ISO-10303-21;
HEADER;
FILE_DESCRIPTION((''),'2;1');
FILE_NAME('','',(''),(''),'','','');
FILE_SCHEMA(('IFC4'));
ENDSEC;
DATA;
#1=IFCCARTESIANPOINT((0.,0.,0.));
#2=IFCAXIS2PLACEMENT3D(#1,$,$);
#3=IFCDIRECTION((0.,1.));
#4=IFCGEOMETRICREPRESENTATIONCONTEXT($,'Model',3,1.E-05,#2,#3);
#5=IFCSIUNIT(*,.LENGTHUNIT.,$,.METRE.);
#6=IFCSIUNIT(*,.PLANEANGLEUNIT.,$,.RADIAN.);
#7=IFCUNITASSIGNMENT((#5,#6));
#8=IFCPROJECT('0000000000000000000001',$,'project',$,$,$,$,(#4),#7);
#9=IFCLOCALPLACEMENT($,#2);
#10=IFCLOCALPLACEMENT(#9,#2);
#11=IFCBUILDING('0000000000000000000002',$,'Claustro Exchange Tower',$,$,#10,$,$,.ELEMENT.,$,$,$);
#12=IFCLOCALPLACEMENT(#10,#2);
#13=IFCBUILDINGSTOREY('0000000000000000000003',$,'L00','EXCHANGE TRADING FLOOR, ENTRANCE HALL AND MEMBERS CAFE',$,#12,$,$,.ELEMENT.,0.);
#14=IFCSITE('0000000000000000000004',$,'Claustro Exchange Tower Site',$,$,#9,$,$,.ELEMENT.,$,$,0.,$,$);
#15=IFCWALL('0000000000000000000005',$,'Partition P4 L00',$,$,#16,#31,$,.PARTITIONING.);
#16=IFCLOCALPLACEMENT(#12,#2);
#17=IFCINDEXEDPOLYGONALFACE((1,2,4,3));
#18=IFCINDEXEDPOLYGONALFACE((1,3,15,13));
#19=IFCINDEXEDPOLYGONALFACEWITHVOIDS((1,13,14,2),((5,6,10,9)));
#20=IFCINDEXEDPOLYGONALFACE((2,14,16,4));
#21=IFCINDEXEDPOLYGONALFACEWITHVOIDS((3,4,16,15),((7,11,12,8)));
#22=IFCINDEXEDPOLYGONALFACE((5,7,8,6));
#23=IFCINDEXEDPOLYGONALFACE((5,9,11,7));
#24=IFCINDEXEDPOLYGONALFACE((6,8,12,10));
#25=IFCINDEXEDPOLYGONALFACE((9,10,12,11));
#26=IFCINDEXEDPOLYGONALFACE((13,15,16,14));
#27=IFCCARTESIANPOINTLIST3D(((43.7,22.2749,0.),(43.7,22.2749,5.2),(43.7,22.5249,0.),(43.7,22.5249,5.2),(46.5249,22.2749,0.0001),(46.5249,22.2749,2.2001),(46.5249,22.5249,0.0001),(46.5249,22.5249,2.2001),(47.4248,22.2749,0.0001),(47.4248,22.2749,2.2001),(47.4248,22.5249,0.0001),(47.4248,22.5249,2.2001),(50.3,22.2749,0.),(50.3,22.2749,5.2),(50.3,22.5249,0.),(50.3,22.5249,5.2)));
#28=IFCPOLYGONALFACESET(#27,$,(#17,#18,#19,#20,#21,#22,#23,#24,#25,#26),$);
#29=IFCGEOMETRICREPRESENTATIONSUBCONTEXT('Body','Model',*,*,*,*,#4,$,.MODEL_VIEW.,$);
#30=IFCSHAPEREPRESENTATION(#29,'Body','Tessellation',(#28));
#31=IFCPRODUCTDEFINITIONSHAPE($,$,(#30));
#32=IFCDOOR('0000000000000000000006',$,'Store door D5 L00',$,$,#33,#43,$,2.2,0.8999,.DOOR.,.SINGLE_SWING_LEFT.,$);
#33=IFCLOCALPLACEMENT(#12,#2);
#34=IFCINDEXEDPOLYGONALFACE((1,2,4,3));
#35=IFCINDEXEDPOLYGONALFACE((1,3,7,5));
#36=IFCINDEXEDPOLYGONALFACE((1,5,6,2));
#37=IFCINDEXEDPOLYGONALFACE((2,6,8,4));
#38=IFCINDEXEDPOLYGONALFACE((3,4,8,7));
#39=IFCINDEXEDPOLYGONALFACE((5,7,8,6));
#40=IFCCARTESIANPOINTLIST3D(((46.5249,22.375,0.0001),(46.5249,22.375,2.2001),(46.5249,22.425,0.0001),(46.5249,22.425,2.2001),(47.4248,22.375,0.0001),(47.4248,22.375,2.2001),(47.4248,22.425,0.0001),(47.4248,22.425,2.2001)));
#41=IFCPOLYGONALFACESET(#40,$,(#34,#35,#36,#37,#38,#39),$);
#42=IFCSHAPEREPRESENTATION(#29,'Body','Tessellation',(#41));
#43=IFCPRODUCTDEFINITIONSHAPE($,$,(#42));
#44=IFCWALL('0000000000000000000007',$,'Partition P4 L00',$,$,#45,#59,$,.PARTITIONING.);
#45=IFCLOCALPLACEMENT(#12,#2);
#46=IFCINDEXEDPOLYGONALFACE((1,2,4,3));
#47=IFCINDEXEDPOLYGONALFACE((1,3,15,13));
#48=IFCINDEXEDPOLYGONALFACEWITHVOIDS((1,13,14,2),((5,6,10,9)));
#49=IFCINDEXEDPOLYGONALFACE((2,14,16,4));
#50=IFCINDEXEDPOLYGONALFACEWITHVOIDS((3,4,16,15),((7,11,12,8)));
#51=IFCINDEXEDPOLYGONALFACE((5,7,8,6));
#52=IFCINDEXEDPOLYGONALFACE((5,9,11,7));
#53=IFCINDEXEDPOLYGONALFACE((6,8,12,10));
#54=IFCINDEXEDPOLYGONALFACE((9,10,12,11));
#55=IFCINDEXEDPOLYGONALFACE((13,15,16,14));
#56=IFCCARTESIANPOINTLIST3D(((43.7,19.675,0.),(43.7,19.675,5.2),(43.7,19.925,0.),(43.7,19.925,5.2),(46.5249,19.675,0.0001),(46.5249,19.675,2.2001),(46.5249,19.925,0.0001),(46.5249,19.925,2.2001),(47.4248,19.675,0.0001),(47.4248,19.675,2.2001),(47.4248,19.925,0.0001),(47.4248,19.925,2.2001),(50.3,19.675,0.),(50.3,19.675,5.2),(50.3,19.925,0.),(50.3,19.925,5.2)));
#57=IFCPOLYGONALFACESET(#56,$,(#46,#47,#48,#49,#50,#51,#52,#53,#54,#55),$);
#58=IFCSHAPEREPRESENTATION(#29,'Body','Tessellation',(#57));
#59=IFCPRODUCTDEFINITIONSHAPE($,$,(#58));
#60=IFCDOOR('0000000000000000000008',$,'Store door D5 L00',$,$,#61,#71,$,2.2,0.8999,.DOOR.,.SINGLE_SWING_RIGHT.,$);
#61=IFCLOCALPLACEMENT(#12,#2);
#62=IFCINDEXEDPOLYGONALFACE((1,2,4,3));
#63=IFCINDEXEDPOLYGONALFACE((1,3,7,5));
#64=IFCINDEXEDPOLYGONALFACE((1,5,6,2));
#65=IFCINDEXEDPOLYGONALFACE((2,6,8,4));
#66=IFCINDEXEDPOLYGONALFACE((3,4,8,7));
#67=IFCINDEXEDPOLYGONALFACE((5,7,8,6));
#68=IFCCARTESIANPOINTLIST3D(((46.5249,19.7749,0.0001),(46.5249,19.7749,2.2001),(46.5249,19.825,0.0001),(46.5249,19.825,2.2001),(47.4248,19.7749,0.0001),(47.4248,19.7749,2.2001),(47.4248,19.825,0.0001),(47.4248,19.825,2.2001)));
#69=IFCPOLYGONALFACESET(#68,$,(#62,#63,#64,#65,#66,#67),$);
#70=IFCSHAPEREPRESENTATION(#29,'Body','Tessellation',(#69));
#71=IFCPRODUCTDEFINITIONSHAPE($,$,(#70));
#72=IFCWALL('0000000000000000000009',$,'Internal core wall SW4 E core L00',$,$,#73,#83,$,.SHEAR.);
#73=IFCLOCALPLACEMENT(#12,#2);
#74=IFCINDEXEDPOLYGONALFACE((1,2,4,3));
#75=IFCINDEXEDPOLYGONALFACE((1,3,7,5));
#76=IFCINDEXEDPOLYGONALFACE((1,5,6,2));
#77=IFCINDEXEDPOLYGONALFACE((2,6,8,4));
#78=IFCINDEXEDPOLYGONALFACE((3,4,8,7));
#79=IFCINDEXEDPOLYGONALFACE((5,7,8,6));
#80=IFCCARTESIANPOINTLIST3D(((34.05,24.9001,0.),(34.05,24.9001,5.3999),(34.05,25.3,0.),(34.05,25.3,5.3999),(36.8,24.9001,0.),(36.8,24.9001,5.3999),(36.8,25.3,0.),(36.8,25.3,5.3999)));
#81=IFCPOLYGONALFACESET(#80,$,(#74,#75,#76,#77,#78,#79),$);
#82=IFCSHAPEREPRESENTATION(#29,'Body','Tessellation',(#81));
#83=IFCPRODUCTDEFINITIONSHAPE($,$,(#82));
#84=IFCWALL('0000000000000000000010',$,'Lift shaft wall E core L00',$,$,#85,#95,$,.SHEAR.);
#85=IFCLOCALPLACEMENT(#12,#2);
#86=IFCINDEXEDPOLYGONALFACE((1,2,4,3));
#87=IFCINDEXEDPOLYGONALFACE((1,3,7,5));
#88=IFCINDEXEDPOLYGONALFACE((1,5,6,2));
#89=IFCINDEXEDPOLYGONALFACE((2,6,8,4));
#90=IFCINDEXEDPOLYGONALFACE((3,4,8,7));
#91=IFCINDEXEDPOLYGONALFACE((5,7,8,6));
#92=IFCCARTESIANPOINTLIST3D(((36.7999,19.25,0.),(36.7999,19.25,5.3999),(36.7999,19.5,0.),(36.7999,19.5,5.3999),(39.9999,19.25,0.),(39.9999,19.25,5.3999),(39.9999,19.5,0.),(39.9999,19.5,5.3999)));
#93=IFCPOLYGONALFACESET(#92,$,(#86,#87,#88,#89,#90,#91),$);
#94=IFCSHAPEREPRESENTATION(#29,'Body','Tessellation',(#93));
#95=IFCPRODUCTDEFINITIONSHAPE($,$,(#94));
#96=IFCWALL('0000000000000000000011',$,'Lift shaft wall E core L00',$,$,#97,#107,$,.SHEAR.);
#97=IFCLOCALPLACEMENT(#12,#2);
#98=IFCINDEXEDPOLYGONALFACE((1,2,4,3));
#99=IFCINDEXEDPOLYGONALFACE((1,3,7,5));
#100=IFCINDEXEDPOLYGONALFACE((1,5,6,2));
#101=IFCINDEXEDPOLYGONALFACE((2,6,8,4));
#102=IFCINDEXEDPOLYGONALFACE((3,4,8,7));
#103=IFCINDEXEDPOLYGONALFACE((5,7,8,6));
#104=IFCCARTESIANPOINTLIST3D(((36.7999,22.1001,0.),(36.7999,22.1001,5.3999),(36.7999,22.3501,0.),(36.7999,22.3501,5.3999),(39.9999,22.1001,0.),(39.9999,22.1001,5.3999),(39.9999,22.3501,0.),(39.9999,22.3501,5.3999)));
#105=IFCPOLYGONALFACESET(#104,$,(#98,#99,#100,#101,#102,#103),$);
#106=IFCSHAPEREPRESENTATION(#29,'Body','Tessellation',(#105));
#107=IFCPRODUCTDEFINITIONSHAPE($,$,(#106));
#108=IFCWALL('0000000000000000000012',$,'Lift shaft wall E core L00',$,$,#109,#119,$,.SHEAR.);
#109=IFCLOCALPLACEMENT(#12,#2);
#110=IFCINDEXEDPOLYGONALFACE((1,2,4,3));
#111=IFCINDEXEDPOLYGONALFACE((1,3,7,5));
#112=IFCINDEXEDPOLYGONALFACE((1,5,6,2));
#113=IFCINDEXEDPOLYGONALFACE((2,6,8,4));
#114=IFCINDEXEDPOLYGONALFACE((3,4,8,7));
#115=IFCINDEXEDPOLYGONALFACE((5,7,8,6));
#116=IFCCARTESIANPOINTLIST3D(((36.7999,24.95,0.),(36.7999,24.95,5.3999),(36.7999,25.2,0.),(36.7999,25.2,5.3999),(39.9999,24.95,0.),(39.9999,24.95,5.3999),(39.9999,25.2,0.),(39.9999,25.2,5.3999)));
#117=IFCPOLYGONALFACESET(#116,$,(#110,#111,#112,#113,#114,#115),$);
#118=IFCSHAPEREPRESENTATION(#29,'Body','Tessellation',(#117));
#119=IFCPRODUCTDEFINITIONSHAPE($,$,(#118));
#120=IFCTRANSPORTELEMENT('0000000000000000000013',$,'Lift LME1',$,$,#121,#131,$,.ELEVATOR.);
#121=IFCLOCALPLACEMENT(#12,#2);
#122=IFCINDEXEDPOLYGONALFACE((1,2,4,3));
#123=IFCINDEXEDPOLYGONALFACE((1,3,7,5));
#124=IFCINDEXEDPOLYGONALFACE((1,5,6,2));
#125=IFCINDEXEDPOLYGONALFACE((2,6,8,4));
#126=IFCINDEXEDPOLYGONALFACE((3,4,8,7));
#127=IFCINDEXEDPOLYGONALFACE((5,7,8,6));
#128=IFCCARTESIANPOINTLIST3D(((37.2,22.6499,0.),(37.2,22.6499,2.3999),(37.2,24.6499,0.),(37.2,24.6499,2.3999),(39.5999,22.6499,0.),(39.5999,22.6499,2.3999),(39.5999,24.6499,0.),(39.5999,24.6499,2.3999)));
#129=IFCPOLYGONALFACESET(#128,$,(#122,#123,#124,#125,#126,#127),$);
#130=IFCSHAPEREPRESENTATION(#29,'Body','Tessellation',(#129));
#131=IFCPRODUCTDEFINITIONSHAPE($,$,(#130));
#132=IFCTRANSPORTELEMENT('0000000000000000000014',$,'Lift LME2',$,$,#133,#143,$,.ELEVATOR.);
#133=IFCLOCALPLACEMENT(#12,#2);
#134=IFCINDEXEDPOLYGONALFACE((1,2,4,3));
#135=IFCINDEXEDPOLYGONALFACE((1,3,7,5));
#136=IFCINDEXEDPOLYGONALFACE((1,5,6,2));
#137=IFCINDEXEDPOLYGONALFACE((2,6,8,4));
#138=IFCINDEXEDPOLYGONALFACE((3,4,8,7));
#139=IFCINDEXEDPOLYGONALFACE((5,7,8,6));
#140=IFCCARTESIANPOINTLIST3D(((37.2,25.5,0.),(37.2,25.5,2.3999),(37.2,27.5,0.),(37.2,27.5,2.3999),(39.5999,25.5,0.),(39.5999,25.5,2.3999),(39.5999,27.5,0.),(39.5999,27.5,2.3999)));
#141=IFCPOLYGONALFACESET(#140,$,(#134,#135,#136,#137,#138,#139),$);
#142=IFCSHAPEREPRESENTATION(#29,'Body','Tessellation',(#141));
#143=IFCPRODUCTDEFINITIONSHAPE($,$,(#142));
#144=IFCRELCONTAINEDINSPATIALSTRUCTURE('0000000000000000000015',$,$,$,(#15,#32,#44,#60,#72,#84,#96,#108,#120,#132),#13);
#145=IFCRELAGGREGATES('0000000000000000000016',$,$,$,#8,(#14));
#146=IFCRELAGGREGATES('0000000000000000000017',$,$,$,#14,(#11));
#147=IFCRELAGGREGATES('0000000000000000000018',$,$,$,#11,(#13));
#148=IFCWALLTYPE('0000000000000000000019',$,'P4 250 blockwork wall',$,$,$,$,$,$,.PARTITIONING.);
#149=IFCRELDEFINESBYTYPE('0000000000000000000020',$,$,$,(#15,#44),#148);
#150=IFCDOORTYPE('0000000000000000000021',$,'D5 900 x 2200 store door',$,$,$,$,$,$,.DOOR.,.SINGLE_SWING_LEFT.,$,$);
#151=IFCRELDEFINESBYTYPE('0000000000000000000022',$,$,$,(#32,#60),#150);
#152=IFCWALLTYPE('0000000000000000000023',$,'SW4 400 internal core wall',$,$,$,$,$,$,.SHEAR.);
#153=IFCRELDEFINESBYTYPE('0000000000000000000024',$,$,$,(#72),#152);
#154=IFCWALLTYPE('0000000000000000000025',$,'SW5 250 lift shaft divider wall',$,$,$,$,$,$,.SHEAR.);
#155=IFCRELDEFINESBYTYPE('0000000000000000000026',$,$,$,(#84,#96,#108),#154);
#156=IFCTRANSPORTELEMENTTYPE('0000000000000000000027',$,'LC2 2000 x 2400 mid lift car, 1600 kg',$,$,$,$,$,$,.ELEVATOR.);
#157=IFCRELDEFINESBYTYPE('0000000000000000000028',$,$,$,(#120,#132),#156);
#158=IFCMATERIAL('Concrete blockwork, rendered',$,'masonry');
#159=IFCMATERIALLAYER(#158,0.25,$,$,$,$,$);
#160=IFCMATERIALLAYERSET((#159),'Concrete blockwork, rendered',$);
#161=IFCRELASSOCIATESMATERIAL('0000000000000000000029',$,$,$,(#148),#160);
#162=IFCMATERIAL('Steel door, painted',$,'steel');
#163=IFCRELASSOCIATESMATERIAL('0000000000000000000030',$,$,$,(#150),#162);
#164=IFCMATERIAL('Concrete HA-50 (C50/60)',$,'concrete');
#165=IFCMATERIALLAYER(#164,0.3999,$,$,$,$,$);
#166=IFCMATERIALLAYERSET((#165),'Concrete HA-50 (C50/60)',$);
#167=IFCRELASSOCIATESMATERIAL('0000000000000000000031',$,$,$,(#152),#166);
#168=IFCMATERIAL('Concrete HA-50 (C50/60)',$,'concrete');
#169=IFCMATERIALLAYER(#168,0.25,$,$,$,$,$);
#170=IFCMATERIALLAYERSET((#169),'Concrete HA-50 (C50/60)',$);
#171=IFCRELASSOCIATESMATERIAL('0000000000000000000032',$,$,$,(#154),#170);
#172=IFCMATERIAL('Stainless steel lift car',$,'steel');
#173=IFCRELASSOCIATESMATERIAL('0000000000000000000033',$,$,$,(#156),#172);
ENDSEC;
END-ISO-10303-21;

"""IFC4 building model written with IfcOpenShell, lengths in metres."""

from ifc_helpers import new_model, si_unit, direction, frame, frame_2d, origin, origin_2d, place, context, subcontext, project, spatial, rectangle, extrude, material, layer, layer_set, type_object, element, fill, save


model = new_model("IFC4")

# Units and contexts
model_context = context("Model", 3, precision=1e-05, world=origin(), true_north=direction((0.0, 1.0)))
body_context = subcontext(model_context, "Body", "Model", "MODEL_VIEW")
ifc_project = project(units=[si_unit("LENGTHUNIT", "METRE"), si_unit("PLANEANGLEUNIT", "RADIAN")], contexts=[model_context])

# Site, building, storey
site_placement = place(None, origin())
site = spatial("IfcSite", under=ifc_project, at=site_placement, Name="Claustro Exchange Tower Site", CompositionType="ELEMENT", RefElevation=0.0)
building_placement = place(site_placement, origin())
building = spatial("IfcBuilding", under=site, at=building_placement, Name="Claustro Exchange Tower", CompositionType="ELEMENT")
storey_placement = place(building_placement, origin())
storey = spatial("IfcBuildingStorey", under=building, at=storey_placement, Name="L00", Description="EXCHANGE TRADING FLOOR, ENTRANCE HALL AND MEMBERS CAFE", CompositionType="ELEMENT", Elevation=0.0)

# Walls, openings, doors
ifc_material_1 = material(Name="Concrete blockwork, rendered", Category="masonry")
ifc_layer_1 = layer(ifc_material_1, 0.25)
ifc_layer_set_1 = layer_set([ifc_layer_1], Name="Concrete blockwork, rendered")
wall_type_1 = type_object("IfcWallType", Name="P4 250 blockwork wall", PredefinedType="PARTITIONING", material=ifc_layer_set_1)
wall_1_placement = place(storey_placement, frame((43.7, 22.3999, 0.0), z_axis=(0.0, 0.0, 1.0), x_axis=(1.0, 0.0, 0.0)))
wall_1 = element("IfcWall", 1, at=wall_1_placement, inside=storey, type_object=wall_type_1, Name="Partition P4 L00", PredefinedType="PARTITIONING", context=body_context, shape_type="SweptSolid", body=[
    extrude(rectangle(XDim=6.6001, YDim=0.25, at=frame_2d((3.3, 0.0))), origin(), (0.0, 0.0, 1.0), 5.2),
])
opening_1_placement = place(wall_1_placement, frame((2.825, 0.0, 0.0)))
opening_1 = element("IfcOpeningElement", 2, at=opening_1_placement, cuts=wall_1, PredefinedType="OPENING", context=body_context, shape_type="SweptSolid", body=[
    extrude(rectangle(XDim=0.8999, YDim=2.2, at=frame_2d((0.45, 1.1001))), frame((0.0, 0.135, 0.0), z_axis=(0.0, -1.0, 0.0), x_axis=(1.0, 0.0, 0.0)), (0.0, 0.0, 1.0), 0.27),
])
ifc_material_2 = material(Name="Steel door, painted", Category="steel")
door_type = type_object("IfcDoorType", Name="D5 900 x 2200 store door", OperationType="SINGLE_SWING_LEFT", PredefinedType="DOOR", material=ifc_material_2)
door_1_placement = place(opening_1_placement, frame((0.8999, 0.0, 0.0), z_axis=(0.0, 0.0, 1.0), x_axis=(-1.0, 0.0, 0.0)))
door_1 = element("IfcDoor", 3, at=door_1_placement, inside=storey, type_object=door_type, Name="Store door D5 L00", OperationType="SINGLE_SWING_LEFT", OverallHeight=2.2, OverallWidth=0.8999, PredefinedType="DOOR", context=body_context, shape_type="SweptSolid", body=[
    extrude(rectangle(XDim=0.8999, YDim=2.2, at=frame_2d((0.45, 1.1001))), frame((0.0, 0.0249, 0.0), z_axis=(0.0, -1.0, 0.0), x_axis=(1.0, 0.0, 0.0)), (0.0, 0.0, 1.0), 0.05),
])
fill(opening_1, door_1)
wall_2_placement = place(storey_placement, frame((43.7, 19.8, 0.0), z_axis=(0.0, 0.0, 1.0), x_axis=(1.0, 0.0, 0.0)))
wall_2 = element("IfcWall", 4, at=wall_2_placement, inside=storey, type_object=wall_type_1, Name="Partition P4 L00", PredefinedType="PARTITIONING", context=body_context, shape_type="SweptSolid", body=[
    extrude(rectangle(XDim=6.6001, YDim=0.25, at=frame_2d((3.3, 0.0))), origin(), (0.0, 0.0, 1.0), 5.2),
])
opening_2_placement = place(wall_2_placement, frame((2.825, 0.0, 0.0)))
opening_2 = element("IfcOpeningElement", 5, at=opening_2_placement, cuts=wall_2, PredefinedType="OPENING", context=body_context, shape_type="SweptSolid", body=[
    extrude(rectangle(XDim=0.8999, YDim=2.2, at=frame_2d((0.45, 1.1001))), frame((0.0, 0.135, 0.0), z_axis=(0.0, -1.0, 0.0), x_axis=(1.0, 0.0, 0.0)), (0.0, 0.0, 1.0), 0.27),
])
door_2_placement = place(opening_2_placement, origin())
door_2 = element("IfcDoor", 6, at=door_2_placement, inside=storey, type_object=door_type, Name="Store door D5 L00", OperationType="SINGLE_SWING_RIGHT", OverallHeight=2.2, OverallWidth=0.8999, PredefinedType="DOOR", context=body_context, shape_type="SweptSolid", body=[
    extrude(rectangle(XDim=0.8999, YDim=2.2, at=frame_2d((0.45, 1.1001))), frame((0.0, 0.0249, 0.0), z_axis=(0.0, -1.0, 0.0), x_axis=(1.0, 0.0, 0.0)), (0.0, 0.0, 1.0), 0.05),
])
fill(opening_2, door_2)

# Walls
ifc_material_3 = material(Name="Concrete HA-50 (C50/60)", Category="concrete")
ifc_layer_2 = layer(ifc_material_3, 0.3999)
ifc_layer_set_2 = layer_set([ifc_layer_2], Name="Concrete HA-50 (C50/60)")
wall_type_2 = type_object("IfcWallType", Name="SW4 400 internal core wall", PredefinedType="SHEAR", material=ifc_layer_set_2)
wall_3_placement = place(storey_placement, frame((36.8, 25.1001, 0.0), z_axis=(0.0, 0.0, 1.0), x_axis=(-1.0, 0.0, 0.0)))
element("IfcWall", 7, at=wall_3_placement, inside=storey, type_object=wall_type_2, Name="Internal core wall SW4 E core L00", PredefinedType="SHEAR", context=body_context, shape_type="SweptSolid", body=[
    extrude(rectangle(XDim=2.75, YDim=0.3999, at=frame_2d((1.375, 0.0))), origin(), (0.0, 0.0, 1.0), 5.3999),
])
ifc_material_4 = material(Name="Concrete HA-50 (C50/60)", Category="concrete")
ifc_layer_3 = layer(ifc_material_4, 0.25)
ifc_layer_set_3 = layer_set([ifc_layer_3], Name="Concrete HA-50 (C50/60)")
wall_type_3 = type_object("IfcWallType", Name="SW5 250 lift shaft divider wall", PredefinedType="SHEAR", material=ifc_layer_set_3)
for number, where, z_axis, x_axis, name in (
    (8, (40.0, 19.375, 0.0), (0.0, 0.0, 1.0), (-1.0, 0.0, 0.0), "Lift shaft wall E core L00"),
    (9, (40.0, 22.2251, 0.0), (0.0, 0.0, 1.0), (-1.0, 0.0, 0.0), "Lift shaft wall E core L00"),
    (10, (40.0, 25.075, 0.0), (0.0, 0.0, 1.0), (-1.0, 0.0, 0.0), "Lift shaft wall E core L00"),
):
    element("IfcWall", number, at=place(storey_placement, frame(where, z_axis=z_axis, x_axis=x_axis)), inside=storey, type_object=wall_type_3, Name=name, PredefinedType="SHEAR", context=body_context, shape_type="SweptSolid", body=[
        extrude(rectangle(XDim=3.2, YDim=0.25, at=frame_2d((1.6001, 0.0))), origin(), (0.0, 0.0, 1.0), 5.3999),
    ])

# Transport elements
ifc_material_5 = material(Name="Stainless steel lift car", Category="steel")
transport_element_type = type_object("IfcTransportElementType", Name="LC2 2000 x 2400 mid lift car, 1600 kg", PredefinedType="ELEVATOR", material=ifc_material_5)
for number, where, name in (
    (11, (38.3999, 23.6499, 0.0), "Lift LME1"),
    (12, (38.3999, 26.5, 0.0), "Lift LME2"),
):
    element("IfcTransportElement", number, at=place(storey_placement, frame(where)), inside=storey, type_object=transport_element_type, Name=name, PredefinedType="ELEVATOR", context=body_context, shape_type="SweptSolid", body=[
        extrude(rectangle(XDim=2.3999, YDim=2.0, at=origin_2d()), origin(), (0.0, 0.0, 1.0), 2.3999),
    ])

save(model, "model.ifc")
